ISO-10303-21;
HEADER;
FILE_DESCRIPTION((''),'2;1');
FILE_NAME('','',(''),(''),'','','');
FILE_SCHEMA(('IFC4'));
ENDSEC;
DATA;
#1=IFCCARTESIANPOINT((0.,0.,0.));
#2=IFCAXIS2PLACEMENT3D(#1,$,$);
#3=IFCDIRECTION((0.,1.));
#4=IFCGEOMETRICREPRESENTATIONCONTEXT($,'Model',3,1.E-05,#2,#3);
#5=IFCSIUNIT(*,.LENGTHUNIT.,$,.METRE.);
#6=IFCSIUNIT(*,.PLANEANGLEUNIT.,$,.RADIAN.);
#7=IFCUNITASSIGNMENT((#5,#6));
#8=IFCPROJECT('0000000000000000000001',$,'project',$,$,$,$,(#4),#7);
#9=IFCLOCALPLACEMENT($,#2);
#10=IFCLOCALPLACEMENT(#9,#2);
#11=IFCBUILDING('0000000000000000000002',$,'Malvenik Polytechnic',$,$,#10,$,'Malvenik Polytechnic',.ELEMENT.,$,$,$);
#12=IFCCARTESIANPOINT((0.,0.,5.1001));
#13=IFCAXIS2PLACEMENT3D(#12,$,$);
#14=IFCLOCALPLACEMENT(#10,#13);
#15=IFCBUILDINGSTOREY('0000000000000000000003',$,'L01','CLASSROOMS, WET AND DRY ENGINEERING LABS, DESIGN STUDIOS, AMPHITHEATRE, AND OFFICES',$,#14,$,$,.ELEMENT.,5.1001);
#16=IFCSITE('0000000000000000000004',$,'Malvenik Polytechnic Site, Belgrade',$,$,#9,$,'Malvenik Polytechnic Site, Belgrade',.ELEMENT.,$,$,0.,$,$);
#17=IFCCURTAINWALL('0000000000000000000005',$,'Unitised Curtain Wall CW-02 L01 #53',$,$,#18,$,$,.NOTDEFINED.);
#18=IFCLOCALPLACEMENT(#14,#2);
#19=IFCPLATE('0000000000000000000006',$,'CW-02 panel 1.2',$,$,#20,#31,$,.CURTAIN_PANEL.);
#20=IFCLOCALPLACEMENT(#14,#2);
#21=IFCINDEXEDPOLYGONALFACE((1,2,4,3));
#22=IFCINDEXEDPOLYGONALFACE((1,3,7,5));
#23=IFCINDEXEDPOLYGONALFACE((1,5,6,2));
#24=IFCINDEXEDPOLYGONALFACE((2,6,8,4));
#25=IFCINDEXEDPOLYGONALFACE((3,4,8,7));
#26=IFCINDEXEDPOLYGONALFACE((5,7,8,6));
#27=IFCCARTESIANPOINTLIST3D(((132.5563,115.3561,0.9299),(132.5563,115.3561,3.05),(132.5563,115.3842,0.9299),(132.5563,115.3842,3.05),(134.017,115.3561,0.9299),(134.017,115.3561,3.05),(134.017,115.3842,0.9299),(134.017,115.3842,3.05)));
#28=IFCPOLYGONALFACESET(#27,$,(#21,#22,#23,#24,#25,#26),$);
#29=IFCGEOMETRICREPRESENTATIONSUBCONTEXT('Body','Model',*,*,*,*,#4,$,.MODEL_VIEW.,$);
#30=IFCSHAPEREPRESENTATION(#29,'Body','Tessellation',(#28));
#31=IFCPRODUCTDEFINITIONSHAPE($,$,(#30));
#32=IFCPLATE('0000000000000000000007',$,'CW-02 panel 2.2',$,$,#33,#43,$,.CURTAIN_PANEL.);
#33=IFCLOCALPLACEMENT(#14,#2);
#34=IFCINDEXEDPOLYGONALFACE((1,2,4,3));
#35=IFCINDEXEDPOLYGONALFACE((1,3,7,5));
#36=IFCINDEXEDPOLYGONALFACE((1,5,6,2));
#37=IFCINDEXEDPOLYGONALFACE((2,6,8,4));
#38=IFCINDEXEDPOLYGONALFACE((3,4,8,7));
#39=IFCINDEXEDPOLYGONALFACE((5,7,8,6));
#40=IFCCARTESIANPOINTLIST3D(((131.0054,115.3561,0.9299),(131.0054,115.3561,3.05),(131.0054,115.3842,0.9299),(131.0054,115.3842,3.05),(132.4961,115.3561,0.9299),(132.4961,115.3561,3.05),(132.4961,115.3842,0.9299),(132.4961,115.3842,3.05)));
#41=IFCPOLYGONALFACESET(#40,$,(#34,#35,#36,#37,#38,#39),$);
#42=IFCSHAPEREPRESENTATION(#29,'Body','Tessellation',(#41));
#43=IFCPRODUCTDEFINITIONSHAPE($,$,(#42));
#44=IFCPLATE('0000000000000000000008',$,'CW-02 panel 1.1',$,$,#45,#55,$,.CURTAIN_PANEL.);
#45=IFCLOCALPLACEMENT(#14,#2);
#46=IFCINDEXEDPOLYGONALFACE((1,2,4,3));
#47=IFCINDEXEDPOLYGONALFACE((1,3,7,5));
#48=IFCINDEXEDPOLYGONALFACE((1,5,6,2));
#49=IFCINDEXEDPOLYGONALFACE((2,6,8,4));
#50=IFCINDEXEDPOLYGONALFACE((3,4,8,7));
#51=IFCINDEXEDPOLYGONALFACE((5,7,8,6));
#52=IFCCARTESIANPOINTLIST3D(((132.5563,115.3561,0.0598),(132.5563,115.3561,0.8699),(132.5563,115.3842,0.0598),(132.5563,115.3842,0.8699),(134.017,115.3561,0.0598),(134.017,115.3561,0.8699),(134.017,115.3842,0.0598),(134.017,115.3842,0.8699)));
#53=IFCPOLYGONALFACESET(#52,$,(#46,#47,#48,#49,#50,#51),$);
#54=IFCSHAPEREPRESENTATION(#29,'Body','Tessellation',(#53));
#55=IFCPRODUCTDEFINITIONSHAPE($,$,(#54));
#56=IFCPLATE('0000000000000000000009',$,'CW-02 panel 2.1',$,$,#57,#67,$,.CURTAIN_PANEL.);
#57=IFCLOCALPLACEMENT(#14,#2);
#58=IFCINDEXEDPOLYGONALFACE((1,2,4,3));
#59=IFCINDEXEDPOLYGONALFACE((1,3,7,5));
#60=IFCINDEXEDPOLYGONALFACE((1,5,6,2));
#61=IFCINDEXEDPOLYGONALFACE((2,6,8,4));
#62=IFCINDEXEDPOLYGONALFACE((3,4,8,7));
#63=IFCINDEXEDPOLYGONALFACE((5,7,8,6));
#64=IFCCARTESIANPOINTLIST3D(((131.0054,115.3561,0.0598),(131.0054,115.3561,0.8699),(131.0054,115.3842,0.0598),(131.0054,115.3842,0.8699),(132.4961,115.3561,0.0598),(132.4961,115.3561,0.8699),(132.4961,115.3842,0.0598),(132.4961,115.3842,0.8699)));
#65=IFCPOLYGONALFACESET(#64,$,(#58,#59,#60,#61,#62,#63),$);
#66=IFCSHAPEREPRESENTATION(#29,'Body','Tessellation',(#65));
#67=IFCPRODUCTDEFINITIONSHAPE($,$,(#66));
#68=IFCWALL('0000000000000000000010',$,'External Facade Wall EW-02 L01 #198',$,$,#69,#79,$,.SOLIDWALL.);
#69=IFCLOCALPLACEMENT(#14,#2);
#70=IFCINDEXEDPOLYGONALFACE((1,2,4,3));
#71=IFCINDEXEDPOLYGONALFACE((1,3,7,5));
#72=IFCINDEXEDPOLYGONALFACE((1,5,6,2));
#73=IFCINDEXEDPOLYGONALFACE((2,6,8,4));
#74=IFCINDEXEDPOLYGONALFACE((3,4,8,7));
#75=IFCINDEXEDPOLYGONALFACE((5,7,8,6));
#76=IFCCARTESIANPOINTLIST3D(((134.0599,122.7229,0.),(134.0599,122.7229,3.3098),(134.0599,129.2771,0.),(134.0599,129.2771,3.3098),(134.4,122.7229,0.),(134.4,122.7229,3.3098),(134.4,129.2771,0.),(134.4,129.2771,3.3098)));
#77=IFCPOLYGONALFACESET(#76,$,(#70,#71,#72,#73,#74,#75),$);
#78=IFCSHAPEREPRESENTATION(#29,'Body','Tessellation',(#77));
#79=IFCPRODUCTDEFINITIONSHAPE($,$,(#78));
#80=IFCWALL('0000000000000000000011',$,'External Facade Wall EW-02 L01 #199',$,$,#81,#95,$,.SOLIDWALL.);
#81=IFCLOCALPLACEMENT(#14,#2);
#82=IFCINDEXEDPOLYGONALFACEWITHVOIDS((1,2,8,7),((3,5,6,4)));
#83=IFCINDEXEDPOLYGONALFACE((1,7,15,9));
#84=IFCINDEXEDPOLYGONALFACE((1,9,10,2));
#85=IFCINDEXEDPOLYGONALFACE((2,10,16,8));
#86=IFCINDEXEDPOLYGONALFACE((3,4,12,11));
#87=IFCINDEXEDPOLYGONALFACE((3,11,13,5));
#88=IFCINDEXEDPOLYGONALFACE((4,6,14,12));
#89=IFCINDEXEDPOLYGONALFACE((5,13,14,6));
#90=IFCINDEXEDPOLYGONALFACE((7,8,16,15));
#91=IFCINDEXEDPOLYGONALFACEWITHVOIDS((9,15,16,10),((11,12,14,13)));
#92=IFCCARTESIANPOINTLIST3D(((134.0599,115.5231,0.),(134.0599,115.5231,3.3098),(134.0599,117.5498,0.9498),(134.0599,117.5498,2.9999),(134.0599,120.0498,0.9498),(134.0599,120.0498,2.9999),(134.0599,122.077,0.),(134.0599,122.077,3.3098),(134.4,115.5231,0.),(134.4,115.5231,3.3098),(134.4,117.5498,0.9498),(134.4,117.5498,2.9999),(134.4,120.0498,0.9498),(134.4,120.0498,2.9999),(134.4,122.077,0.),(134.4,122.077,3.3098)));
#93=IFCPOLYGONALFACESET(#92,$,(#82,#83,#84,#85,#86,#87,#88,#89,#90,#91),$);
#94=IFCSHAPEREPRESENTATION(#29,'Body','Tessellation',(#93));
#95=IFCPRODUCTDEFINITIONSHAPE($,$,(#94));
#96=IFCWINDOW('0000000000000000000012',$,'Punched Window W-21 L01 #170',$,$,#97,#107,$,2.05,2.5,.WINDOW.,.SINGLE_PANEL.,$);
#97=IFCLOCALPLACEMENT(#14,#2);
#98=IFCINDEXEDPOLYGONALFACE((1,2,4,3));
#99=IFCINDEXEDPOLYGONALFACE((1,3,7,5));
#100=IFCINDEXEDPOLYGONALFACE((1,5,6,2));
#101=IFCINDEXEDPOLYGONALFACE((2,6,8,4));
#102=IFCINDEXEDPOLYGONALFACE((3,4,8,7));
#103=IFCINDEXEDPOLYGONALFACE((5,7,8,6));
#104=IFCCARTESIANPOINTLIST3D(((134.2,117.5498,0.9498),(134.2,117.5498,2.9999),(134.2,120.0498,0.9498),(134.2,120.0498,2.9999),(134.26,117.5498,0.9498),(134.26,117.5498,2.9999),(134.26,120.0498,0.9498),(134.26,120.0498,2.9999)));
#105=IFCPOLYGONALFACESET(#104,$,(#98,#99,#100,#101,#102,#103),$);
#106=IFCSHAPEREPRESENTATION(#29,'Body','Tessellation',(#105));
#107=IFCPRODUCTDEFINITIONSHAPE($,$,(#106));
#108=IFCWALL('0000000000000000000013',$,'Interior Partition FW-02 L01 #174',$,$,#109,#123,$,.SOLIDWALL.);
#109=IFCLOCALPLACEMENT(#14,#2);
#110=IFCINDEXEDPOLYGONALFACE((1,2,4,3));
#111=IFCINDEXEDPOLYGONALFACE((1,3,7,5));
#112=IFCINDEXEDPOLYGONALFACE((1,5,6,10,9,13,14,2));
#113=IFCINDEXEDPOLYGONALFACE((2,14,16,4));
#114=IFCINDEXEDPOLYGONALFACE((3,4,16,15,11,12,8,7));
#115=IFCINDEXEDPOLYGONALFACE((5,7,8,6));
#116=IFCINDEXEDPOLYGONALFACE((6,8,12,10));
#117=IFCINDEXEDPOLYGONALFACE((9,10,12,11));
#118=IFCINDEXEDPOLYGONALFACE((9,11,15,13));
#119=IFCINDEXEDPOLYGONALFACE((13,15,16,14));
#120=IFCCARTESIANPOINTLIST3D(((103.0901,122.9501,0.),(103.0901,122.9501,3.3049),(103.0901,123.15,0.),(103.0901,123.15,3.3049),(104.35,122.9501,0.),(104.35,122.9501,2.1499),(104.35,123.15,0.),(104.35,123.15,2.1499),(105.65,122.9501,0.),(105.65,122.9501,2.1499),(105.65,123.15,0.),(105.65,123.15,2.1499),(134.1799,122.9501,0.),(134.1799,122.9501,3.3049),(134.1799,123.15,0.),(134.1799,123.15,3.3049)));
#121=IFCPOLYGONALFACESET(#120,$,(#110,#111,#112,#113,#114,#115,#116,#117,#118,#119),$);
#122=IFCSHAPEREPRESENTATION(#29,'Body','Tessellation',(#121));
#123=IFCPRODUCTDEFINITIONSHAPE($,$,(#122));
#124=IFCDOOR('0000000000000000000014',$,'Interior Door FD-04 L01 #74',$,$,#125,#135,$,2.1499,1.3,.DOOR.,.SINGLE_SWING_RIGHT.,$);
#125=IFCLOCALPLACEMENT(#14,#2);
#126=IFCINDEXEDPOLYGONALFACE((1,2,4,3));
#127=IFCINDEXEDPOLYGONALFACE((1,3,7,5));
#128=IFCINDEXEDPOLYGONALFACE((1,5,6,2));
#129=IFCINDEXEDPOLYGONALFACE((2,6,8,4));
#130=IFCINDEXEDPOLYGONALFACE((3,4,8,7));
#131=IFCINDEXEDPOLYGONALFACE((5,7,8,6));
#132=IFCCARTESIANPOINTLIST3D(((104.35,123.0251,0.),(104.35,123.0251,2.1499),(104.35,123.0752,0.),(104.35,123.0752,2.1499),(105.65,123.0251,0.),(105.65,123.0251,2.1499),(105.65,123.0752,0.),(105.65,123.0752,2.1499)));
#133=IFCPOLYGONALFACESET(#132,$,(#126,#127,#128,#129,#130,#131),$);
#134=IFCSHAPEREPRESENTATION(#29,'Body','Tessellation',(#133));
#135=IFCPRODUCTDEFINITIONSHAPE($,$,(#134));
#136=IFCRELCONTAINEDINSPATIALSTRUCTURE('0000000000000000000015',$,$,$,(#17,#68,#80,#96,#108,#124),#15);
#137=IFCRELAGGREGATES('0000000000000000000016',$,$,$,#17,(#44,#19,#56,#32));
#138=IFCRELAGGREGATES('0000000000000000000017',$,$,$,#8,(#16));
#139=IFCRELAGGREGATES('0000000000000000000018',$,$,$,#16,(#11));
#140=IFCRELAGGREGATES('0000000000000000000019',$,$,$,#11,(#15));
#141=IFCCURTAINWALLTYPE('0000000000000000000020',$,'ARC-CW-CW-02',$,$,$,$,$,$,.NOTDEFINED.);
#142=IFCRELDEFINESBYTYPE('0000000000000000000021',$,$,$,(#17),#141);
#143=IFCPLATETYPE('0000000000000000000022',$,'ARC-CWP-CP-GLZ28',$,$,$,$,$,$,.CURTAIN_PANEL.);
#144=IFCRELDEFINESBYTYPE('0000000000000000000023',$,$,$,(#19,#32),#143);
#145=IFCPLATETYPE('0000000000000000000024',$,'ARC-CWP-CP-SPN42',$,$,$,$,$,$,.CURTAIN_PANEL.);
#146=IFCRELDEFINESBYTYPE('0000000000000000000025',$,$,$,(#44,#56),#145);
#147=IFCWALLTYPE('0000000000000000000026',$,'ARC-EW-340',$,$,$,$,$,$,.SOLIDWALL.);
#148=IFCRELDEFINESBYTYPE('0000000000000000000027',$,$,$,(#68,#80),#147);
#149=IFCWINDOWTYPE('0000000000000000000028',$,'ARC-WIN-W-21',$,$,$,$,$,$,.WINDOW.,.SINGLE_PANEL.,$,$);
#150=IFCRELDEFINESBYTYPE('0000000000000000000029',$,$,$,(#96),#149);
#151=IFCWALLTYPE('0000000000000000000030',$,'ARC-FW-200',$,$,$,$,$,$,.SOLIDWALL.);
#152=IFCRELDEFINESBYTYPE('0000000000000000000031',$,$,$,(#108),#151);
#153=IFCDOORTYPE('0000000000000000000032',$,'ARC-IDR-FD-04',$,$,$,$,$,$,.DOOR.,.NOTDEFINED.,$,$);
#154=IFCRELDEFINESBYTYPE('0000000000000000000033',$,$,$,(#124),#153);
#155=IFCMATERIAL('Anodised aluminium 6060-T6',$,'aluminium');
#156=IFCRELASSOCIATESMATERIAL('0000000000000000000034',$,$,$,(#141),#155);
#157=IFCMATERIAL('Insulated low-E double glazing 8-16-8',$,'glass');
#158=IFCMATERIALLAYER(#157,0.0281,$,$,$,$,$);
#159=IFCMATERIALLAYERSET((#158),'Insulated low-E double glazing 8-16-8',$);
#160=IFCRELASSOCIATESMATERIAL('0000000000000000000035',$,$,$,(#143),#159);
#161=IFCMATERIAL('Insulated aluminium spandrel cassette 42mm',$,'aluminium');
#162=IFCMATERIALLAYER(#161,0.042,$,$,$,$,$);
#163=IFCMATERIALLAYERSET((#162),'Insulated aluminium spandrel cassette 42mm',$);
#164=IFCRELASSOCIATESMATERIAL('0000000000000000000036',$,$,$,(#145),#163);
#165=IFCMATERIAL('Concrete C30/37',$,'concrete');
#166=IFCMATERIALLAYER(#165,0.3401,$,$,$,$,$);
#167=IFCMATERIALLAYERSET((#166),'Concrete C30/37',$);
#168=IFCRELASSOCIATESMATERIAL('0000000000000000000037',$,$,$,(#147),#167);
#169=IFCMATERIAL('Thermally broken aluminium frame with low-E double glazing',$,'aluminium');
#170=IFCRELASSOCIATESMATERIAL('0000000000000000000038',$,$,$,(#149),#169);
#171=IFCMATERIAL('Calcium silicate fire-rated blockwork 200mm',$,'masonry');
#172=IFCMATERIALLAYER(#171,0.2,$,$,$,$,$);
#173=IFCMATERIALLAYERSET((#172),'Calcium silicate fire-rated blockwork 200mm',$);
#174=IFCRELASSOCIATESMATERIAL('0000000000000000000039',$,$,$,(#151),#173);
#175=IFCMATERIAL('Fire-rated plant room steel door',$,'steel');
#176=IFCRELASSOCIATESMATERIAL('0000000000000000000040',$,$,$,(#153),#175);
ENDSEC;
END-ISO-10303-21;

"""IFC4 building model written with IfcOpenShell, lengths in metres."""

from ifc_helpers import new_model, si_unit, direction, frame, frame_2d, origin, origin_2d, place, context, subcontext, project, spatial, rectangle, extrude, material, layer, layer_set, type_object, element, fill, aggregate, save


model = new_model("IFC4")

# Units and contexts
model_context = context("Model", 3, precision=1e-05, world=origin(), true_north=direction((0.0, 1.0)))
body_context = subcontext(model_context, "Body", "Model", "MODEL_VIEW")
ifc_project = project(units=[si_unit("LENGTHUNIT", "METRE"), si_unit("PLANEANGLEUNIT", "RADIAN")], contexts=[model_context])

# Site, building, storey
site_placement = place(None, origin())
site = spatial("IfcSite", under=ifc_project, at=site_placement, Name="Malvenik Polytechnic Site, Belgrade", LongName="Malvenik Polytechnic Site, Belgrade", CompositionType="ELEMENT", RefElevation=0.0)
building_placement = place(site_placement, origin())
building = spatial("IfcBuilding", under=site, at=building_placement, Name="Malvenik Polytechnic", LongName="Malvenik Polytechnic", CompositionType="ELEMENT")
storey_placement = place(building_placement, frame((0.0, 0.0, 5.1001)))
storey = spatial("IfcBuildingStorey", under=building, at=storey_placement, Name="L01", Description="CLASSROOMS, WET AND DRY ENGINEERING LABS, DESIGN STUDIOS, AMPHITHEATRE, AND OFFICES", CompositionType="ELEMENT", Elevation=5.1001)

# Curtain wall
ifc_material_1 = material(Name="Anodised aluminium 6060-T6", Category="aluminium")
curtain_wall_type = type_object("IfcCurtainWallType", Name="ARC-CW-CW-02", PredefinedType="NOTDEFINED", material=ifc_material_1)
curtain_wall_placement = place(storey_placement, origin())
curtain_wall = element("IfcCurtainWall", 1, at=curtain_wall_placement, inside=storey, type_object=curtain_wall_type, Name="Unitised Curtain Wall CW-02 L01 #53", PredefinedType="NOTDEFINED")

# Shared definitions
ifc_material_2 = material(Name="Concrete C30/37", Category="concrete")

# Plates
ifc_material_3 = material(Name="Insulated low-E double glazing 8-16-8", Category="glass")
ifc_layer_1 = layer(ifc_material_3, 0.0281)
ifc_layer_set_1 = layer_set([ifc_layer_1], Name="Insulated low-E double glazing 8-16-8")
plate_type_1 = type_object("IfcPlateType", Name="ARC-CWP-CP-GLZ28", PredefinedType="CURTAIN_PANEL", material=ifc_layer_set_1)
plate_1_placement = place(storey_placement, frame((133.2866, 115.3701, 0.9299), z_axis=(0.0, 0.0, 1.0), x_axis=(-1.0, 0.0, 0.0)))
plate_1 = element("IfcPlate", 2, at=plate_1_placement, type_object=plate_type_1, Name="CW-02 panel 1.2", PredefinedType="CURTAIN_PANEL", context=body_context, shape_type="SweptSolid", body=[
    extrude(rectangle(XDim=1.4607, YDim=0.0281, at=origin_2d()), origin(), (0.0, 0.0, 1.0), 2.1201),
])
plate_2_placement = place(storey_placement, frame((131.7507, 115.3701, 0.9299), z_axis=(0.0, 0.0, 1.0), x_axis=(-1.0, 0.0, 0.0)))
plate_2 = element("IfcPlate", 3, at=plate_2_placement, type_object=plate_type_1, Name="CW-02 panel 2.2", PredefinedType="CURTAIN_PANEL", context=body_context, shape_type="SweptSolid", body=[
    extrude(rectangle(XDim=1.4907, YDim=0.0281, at=origin_2d()), origin(), (0.0, 0.0, 1.0), 2.1201),
])
ifc_material_4 = material(Name="Insulated aluminium spandrel cassette 42mm", Category="aluminium")
ifc_layer_2 = layer(ifc_material_4, 0.042)
ifc_layer_set_2 = layer_set([ifc_layer_2], Name="Insulated aluminium spandrel cassette 42mm")
plate_type_2 = type_object("IfcPlateType", Name="ARC-CWP-CP-SPN42", PredefinedType="CURTAIN_PANEL", material=ifc_layer_set_2)
plate_3_placement = place(storey_placement, frame((133.2866, 115.3701, 0.0598), z_axis=(0.0, 0.0, 1.0), x_axis=(-1.0, 0.0, 0.0)))
plate_3 = element("IfcPlate", 4, at=plate_3_placement, type_object=plate_type_2, Name="CW-02 panel 1.1", PredefinedType="CURTAIN_PANEL", context=body_context, shape_type="SweptSolid", body=[
    extrude(rectangle(XDim=1.4607, YDim=0.0281, at=origin_2d()), origin(), (0.0, 0.0, 1.0), 0.8101),
])
plate_4_placement = place(storey_placement, frame((131.7507, 115.3701, 0.0598), z_axis=(0.0, 0.0, 1.0), x_axis=(-1.0, 0.0, 0.0)))
plate_4 = element("IfcPlate", 5, at=plate_4_placement, type_object=plate_type_2, Name="CW-02 panel 2.1", PredefinedType="CURTAIN_PANEL", context=body_context, shape_type="SweptSolid", body=[
    extrude(rectangle(XDim=1.4907, YDim=0.0281, at=origin_2d()), origin(), (0.0, 0.0, 1.0), 0.8101),
])
aggregate(curtain_wall, [plate_3, plate_1, plate_4, plate_2])

# Wall
ifc_layer_3 = layer(ifc_material_2, 0.3401)
ifc_layer_set_3 = layer_set([ifc_layer_3], Name="Concrete C30/37")
wall_type_1 = type_object("IfcWallType", Name="ARC-EW-340", PredefinedType="SOLIDWALL", material=ifc_layer_set_3)
wall_1_placement = place(storey_placement, frame((134.23, 129.2771, 0.0), z_axis=(0.0, 0.0, 1.0), x_axis=(0.0, -1.0, 0.0)))
element("IfcWall", 6, at=wall_1_placement, inside=storey, type_object=wall_type_1, Name="External Facade Wall EW-02 L01 #198", PredefinedType="SOLIDWALL", context=body_context, shape_type="SweptSolid", body=[
    extrude(rectangle(XDim=6.5542, YDim=0.3401, at=frame_2d((3.2771, 0.0))), origin(), (0.0, 0.0, 1.0), 3.3098),
])

# Wall, opening, window
wall_2_placement = place(storey_placement, frame((134.23, 122.0769, 0.0), z_axis=(0.0, 0.0, 1.0), x_axis=(0.0, -1.0, 0.0)))
wall_2 = element("IfcWall", 7, at=wall_2_placement, inside=storey, type_object=wall_type_1, Name="External Facade Wall EW-02 L01 #199", PredefinedType="SOLIDWALL", context=body_context, shape_type="SweptSolid", body=[
    extrude(rectangle(XDim=6.554, YDim=0.3401, at=frame_2d((3.2769, 0.0))), origin(), (0.0, 0.0, 1.0), 3.3098),
])
opening_1_placement = place(wall_2_placement, frame((2.0271, 0.0, 0.95)))
opening_1 = element("IfcOpeningElement", 8, at=opening_1_placement, cuts=wall_2, PredefinedType="OPENING", context=body_context, shape_type="SweptSolid", body=[
    extrude(rectangle(XDim=2.5, YDim=2.05, at=frame_2d((1.25, 1.0249))), frame((0.0, 0.1802, 0.0), z_axis=(0.0, -1.0, 0.0), x_axis=(1.0, 0.0, 0.0)), (0.0, 0.0, 1.0), 0.3601),
])
ifc_material_5 = material(Name="Thermally broken aluminium frame with low-E double glazing", Category="aluminium")
window_type = type_object("IfcWindowType", Name="ARC-WIN-W-21", PartitioningType="SINGLE_PANEL", PredefinedType="WINDOW", material=ifc_material_5)
window_placement = place(opening_1_placement, origin())
window = element("IfcWindow", 9, at=window_placement, inside=storey, type_object=window_type, Name="Punched Window W-21 L01 #170", OverallHeight=2.05, OverallWidth=2.5, PartitioningType="SINGLE_PANEL", PredefinedType="WINDOW", context=body_context, shape_type="SweptSolid", body=[
    extrude(rectangle(XDim=2.5, YDim=2.05, at=frame_2d((1.25, 1.0249))), frame((0.0, 0.03, 0.0), z_axis=(0.0, -1.0, 0.0), x_axis=(1.0, 0.0, 0.0)), (0.0, 0.0, 1.0), 0.0601),
])
fill(opening_1, window)

# Wall, opening, door
ifc_material_6 = material(Name="Calcium silicate fire-rated blockwork 200mm", Category="masonry")
ifc_layer_4 = layer(ifc_material_6, 0.2)
ifc_layer_set_4 = layer_set([ifc_layer_4], Name="Calcium silicate fire-rated blockwork 200mm")
wall_type_2 = type_object("IfcWallType", Name="ARC-FW-200", PredefinedType="SOLIDWALL", material=ifc_layer_set_4)
wall_3_placement = place(storey_placement, frame((134.1799, 123.05, 0.0), z_axis=(0.0, 0.0, 1.0), x_axis=(-1.0, 0.0, 0.0)))
wall_3 = element("IfcWall", 10, at=wall_3_placement, inside=storey, type_object=wall_type_2, Name="Interior Partition FW-02 L01 #174", PredefinedType="SOLIDWALL", context=body_context, shape_type="SweptSolid", body=[
    extrude(rectangle(XDim=31.0898, YDim=0.2, at=frame_2d((15.5449, 0.0))), origin(), (0.0, 0.0, 1.0), 3.3049),
])
opening_2_placement = place(wall_3_placement, frame((28.53, 0.0, 0.0)))
opening_2 = element("IfcOpeningElement", 11, at=opening_2_placement, cuts=wall_3, PredefinedType="OPENING", context=body_context, shape_type="SweptSolid", body=[
    extrude(rectangle(XDim=1.3, YDim=2.1499, at=frame_2d((0.6499, 1.075))), frame((0.0, 0.1099, 0.0), z_axis=(0.0, -1.0, 0.0), x_axis=(1.0, 0.0, 0.0)), (0.0, 0.0, 1.0), 0.22),
])
ifc_material_7 = material(Name="Fire-rated plant room steel door", Category="steel")
door_type = type_object("IfcDoorType", Name="ARC-IDR-FD-04", OperationType="NOTDEFINED", PredefinedType="DOOR", material=ifc_material_7)
door_placement = place(opening_2_placement, origin())
door = element("IfcDoor", 12, at=door_placement, inside=storey, type_object=door_type, Name="Interior Door FD-04 L01 #74", OperationType="SINGLE_SWING_RIGHT", OverallHeight=2.1499, OverallWidth=1.3, PredefinedType="DOOR", context=body_context, shape_type="SweptSolid", body=[
    extrude(rectangle(XDim=1.3, YDim=2.1499, at=frame_2d((0.6499, 1.075))), frame((0.0, 0.0249, 0.0), z_axis=(0.0, -1.0, 0.0), x_axis=(1.0, 0.0, 0.0)), (0.0, 0.0, 1.0), 0.05),
])
fill(opening_2, door)

save(model, "model.ifc")
